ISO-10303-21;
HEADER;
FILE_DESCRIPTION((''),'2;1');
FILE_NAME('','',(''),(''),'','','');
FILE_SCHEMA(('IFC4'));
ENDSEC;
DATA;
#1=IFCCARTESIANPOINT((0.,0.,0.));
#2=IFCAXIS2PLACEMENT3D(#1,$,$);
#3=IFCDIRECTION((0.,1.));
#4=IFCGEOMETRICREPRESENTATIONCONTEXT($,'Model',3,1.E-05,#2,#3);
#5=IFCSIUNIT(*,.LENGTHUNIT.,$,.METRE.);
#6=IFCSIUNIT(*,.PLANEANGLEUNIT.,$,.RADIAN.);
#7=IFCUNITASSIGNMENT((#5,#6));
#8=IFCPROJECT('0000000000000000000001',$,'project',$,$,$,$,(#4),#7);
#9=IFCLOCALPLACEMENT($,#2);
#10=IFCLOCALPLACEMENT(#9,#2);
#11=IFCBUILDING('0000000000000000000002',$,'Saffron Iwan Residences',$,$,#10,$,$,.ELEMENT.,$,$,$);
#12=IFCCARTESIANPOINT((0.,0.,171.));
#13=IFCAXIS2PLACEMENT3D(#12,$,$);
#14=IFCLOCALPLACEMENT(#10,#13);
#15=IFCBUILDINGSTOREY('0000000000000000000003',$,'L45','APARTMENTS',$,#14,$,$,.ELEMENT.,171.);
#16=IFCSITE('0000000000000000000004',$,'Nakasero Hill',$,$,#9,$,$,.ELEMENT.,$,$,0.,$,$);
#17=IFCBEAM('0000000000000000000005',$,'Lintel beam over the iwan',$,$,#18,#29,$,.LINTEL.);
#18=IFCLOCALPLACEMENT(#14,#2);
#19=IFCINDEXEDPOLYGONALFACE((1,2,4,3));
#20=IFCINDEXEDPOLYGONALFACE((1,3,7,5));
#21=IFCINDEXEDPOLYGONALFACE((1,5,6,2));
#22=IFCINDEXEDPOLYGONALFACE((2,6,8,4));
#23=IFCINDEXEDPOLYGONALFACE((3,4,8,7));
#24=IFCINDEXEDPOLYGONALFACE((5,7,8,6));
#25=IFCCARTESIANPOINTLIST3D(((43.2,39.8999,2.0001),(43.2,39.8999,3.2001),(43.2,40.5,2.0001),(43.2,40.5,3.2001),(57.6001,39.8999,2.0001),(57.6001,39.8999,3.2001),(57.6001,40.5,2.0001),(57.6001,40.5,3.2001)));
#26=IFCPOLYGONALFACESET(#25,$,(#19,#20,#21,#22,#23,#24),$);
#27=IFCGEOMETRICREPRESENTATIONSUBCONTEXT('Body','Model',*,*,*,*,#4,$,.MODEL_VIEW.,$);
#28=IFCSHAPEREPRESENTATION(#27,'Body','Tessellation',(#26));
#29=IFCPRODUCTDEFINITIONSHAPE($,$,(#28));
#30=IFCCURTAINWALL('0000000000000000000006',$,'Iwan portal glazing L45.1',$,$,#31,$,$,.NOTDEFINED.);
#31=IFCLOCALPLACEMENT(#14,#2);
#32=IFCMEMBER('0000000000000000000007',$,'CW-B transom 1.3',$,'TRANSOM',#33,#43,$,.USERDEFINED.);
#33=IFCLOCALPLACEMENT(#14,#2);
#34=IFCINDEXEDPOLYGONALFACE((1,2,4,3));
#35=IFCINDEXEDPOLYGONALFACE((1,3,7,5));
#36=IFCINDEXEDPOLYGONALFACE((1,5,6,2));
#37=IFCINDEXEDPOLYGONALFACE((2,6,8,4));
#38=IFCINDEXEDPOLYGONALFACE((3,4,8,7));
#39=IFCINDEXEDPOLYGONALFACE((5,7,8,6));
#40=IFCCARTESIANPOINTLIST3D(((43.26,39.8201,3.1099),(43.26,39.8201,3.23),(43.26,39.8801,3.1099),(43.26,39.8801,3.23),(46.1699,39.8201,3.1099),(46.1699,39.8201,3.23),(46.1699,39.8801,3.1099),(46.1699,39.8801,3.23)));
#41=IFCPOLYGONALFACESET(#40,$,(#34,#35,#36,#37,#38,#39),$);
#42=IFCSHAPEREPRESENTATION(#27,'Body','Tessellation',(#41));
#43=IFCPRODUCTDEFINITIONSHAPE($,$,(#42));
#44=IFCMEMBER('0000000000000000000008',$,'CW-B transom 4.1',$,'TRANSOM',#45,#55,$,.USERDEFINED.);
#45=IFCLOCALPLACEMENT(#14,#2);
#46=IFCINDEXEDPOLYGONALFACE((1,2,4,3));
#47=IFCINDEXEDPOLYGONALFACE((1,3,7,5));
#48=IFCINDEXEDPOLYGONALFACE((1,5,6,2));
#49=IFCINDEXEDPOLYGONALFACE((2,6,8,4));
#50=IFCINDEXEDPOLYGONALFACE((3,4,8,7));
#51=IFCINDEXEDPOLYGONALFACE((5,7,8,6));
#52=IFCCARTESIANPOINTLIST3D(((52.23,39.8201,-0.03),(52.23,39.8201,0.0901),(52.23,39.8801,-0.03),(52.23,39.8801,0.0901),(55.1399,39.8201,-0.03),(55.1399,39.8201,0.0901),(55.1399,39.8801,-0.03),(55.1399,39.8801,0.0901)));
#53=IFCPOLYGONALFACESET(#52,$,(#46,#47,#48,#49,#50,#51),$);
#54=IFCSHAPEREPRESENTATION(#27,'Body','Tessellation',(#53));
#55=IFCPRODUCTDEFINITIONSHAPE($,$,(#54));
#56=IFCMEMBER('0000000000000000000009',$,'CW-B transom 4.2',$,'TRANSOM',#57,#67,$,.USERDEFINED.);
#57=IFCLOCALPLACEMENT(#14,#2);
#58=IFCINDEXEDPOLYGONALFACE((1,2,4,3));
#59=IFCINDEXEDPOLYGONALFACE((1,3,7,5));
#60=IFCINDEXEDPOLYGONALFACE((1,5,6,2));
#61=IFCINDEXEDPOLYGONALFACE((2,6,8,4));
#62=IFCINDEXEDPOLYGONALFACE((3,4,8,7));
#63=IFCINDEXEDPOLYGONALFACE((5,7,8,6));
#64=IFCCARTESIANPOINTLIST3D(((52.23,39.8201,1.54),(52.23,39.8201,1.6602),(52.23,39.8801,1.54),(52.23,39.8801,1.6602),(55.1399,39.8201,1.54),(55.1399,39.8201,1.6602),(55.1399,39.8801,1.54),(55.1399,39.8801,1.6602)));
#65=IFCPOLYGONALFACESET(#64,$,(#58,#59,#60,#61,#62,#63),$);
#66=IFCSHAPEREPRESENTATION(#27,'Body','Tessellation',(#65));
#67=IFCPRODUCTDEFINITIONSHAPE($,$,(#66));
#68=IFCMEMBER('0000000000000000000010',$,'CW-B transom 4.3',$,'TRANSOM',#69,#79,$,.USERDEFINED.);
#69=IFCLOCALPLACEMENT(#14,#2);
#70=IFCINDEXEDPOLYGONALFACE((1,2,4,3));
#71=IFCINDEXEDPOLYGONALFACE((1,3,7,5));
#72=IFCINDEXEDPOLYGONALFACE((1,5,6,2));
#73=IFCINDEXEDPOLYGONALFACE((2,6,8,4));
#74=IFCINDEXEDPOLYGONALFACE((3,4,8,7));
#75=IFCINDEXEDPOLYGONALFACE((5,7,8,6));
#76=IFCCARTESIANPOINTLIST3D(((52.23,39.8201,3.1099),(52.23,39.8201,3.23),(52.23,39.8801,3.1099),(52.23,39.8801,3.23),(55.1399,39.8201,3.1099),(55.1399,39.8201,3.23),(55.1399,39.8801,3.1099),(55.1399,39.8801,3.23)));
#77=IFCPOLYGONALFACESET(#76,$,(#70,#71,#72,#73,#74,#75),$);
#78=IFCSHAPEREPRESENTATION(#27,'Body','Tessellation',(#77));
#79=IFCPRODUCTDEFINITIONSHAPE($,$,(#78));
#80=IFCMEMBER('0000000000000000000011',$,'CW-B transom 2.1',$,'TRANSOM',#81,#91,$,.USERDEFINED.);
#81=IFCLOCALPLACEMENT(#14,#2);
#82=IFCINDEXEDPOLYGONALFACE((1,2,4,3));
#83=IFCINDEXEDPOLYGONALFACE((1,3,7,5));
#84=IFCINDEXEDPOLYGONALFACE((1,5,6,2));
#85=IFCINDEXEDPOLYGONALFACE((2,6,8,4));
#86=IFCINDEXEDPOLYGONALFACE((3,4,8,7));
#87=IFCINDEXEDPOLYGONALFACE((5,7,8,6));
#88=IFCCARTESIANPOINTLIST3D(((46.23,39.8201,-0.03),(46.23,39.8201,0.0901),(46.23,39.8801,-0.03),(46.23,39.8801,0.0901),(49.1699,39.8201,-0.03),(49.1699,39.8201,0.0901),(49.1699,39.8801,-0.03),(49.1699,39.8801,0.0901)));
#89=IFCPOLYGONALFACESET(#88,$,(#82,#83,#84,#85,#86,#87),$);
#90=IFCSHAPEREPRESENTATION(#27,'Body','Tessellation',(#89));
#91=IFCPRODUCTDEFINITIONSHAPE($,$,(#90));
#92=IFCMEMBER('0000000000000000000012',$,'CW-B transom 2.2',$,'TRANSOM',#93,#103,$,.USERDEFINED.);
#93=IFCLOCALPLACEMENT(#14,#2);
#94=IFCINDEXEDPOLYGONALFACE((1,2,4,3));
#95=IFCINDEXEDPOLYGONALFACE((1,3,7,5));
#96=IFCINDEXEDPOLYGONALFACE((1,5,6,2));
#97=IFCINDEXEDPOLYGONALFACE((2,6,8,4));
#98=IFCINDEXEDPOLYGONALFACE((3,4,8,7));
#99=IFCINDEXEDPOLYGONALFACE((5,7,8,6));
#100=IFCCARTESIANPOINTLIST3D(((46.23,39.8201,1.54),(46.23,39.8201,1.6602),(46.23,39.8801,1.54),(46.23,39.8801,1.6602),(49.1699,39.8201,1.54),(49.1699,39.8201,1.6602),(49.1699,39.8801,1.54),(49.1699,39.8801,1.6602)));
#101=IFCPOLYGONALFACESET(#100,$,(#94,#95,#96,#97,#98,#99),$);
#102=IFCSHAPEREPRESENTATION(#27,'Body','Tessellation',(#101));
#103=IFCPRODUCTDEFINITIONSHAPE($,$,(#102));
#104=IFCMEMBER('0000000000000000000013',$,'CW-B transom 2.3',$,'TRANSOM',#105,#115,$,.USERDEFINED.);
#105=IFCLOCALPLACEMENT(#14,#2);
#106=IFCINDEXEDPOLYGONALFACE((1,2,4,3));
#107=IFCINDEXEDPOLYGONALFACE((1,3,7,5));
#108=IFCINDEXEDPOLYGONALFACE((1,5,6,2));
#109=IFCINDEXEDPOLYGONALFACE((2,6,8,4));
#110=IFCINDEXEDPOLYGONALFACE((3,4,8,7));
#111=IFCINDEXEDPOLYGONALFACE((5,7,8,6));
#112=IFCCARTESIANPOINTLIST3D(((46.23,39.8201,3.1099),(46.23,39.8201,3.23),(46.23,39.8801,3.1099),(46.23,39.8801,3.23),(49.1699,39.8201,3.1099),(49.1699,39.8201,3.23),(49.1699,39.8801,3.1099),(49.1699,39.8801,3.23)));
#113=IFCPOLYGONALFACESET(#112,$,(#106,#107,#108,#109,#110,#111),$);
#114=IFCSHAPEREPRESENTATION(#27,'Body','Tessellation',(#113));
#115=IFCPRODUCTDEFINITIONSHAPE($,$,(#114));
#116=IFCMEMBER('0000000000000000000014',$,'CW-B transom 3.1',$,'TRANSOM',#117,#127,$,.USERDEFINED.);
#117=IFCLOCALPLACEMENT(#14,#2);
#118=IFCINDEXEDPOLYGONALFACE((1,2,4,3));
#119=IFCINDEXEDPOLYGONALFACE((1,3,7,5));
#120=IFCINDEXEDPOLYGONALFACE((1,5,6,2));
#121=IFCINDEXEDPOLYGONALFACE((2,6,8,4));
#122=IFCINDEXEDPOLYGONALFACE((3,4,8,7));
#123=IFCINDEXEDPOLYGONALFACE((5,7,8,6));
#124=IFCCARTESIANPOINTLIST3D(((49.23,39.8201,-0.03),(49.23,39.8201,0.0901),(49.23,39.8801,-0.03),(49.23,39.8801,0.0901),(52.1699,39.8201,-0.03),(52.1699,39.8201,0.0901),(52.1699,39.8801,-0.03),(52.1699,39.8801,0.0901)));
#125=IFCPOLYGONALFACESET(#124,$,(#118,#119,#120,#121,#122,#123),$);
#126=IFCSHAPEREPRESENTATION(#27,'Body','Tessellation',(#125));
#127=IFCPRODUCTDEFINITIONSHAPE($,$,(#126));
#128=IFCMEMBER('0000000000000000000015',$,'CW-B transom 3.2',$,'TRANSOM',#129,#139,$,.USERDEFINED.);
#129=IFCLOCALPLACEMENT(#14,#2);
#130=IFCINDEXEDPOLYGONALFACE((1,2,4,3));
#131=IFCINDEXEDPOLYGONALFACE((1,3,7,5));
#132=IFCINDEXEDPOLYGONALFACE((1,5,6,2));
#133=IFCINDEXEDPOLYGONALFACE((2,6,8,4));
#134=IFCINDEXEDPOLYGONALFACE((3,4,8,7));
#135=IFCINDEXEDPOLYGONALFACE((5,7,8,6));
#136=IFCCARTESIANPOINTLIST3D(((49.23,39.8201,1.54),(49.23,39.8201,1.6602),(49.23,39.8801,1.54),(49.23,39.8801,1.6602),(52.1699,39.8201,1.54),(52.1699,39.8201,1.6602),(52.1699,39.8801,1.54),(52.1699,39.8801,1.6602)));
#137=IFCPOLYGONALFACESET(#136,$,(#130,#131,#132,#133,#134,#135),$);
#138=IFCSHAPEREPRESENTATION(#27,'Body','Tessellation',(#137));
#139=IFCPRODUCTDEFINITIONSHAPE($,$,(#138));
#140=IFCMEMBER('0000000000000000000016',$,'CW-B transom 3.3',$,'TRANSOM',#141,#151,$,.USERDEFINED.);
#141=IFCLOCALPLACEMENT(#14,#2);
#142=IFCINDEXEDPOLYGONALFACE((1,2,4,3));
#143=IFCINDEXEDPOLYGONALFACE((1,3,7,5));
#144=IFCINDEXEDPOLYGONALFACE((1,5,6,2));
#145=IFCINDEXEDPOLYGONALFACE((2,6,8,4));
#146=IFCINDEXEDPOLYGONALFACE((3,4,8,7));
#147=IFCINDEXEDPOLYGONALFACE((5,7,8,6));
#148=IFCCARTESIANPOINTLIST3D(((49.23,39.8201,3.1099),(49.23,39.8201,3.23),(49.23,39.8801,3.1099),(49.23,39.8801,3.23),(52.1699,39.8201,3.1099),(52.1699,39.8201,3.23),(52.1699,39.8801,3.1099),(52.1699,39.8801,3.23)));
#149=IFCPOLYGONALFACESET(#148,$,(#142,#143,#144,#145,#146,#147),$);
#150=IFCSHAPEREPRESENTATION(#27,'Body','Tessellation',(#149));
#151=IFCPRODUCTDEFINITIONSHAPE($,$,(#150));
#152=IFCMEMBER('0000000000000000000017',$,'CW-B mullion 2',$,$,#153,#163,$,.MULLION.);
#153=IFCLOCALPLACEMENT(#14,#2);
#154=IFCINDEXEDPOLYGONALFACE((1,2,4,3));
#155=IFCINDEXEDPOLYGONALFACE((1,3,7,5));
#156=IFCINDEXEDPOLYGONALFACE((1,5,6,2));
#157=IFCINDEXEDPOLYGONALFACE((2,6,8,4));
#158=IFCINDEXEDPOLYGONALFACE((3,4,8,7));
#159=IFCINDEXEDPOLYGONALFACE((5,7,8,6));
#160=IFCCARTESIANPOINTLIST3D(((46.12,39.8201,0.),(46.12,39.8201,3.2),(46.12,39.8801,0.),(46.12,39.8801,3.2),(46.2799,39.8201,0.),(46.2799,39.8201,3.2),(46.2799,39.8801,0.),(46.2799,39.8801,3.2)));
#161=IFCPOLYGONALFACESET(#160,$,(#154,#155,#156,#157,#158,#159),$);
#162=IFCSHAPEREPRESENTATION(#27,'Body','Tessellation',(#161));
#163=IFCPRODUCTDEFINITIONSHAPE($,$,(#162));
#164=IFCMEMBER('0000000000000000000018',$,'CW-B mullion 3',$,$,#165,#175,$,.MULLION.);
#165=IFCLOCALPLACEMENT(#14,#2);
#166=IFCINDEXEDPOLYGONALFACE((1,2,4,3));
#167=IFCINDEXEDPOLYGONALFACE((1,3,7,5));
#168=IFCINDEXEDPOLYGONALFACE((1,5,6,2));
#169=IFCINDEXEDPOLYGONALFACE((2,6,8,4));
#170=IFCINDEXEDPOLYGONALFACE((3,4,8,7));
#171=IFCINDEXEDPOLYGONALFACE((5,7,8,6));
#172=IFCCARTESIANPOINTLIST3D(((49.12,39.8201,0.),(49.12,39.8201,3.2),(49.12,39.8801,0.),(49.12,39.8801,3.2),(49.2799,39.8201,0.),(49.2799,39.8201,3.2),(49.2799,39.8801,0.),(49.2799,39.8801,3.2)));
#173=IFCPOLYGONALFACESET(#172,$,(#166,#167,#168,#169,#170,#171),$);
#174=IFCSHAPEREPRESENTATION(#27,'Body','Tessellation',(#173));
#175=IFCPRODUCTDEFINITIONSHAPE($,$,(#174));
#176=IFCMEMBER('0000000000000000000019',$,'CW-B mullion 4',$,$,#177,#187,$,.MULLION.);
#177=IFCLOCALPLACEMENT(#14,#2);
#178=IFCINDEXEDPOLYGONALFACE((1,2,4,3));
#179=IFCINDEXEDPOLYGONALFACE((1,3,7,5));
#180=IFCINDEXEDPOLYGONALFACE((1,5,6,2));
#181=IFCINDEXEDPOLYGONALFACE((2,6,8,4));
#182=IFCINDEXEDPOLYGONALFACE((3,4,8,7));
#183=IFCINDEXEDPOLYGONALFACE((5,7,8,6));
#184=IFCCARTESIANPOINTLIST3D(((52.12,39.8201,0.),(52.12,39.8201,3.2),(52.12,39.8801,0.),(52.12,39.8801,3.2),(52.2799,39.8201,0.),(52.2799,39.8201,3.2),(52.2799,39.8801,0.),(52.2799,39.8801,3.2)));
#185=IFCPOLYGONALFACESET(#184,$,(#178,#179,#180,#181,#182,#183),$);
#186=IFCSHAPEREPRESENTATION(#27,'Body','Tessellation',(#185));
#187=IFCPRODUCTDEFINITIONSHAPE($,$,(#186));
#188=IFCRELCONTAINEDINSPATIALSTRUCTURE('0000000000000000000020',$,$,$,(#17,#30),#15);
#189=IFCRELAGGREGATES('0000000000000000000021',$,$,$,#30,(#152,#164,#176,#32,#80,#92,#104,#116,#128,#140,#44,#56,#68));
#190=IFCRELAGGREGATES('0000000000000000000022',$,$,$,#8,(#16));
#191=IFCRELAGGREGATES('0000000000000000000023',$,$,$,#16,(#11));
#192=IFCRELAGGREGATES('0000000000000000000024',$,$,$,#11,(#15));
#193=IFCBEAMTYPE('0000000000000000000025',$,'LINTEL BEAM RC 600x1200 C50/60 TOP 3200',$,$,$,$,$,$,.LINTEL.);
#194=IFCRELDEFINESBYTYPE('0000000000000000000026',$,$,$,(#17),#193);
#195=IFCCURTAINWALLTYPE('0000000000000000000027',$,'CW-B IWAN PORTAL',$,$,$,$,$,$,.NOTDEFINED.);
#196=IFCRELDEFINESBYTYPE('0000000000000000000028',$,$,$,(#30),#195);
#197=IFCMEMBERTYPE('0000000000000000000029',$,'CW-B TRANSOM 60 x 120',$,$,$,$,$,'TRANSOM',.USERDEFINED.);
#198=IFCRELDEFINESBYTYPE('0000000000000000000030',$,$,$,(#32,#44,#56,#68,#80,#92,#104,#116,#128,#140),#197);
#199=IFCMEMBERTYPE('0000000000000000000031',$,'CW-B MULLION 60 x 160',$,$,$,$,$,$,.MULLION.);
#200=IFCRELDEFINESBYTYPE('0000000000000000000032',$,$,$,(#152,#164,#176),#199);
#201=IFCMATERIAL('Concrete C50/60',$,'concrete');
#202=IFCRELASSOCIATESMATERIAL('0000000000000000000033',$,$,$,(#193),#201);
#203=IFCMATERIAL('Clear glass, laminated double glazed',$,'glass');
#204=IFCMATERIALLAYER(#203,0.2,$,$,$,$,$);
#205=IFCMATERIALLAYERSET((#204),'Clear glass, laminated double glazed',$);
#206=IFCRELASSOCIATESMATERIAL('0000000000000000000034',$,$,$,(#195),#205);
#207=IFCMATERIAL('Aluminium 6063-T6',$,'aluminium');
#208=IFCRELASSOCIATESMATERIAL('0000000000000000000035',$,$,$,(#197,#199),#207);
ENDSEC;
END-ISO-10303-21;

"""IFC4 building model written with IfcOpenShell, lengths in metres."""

from ifc_helpers import new_model, si_unit, direction, frame, origin, origin_2d, place, context, subcontext, project, spatial, rectangle, extrude, source, transform, mapped, material, layer, layer_set, material_profile, profile_set, type_object, element, aggregate, save


model = new_model("IFC4")

# Units and contexts
model_context = context("Model", 3, precision=1e-05, world=origin(), true_north=direction((0.0, 1.0)))
body_context = subcontext(model_context, "Body", "Model", "MODEL_VIEW")
ifc_project = project(units=[si_unit("LENGTHUNIT", "METRE"), si_unit("PLANEANGLEUNIT", "RADIAN")], contexts=[model_context])

# Site, building, storey
site_placement = place(None, origin())
site = spatial("IfcSite", under=ifc_project, at=site_placement, Name="Nakasero Hill", CompositionType="ELEMENT", RefElevation=0.0)
building_placement = place(site_placement, origin())
building = spatial("IfcBuilding", under=site, at=building_placement, Name="Saffron Iwan Residences", CompositionType="ELEMENT")
storey_placement = place(building_placement, frame((0.0, 0.0, 171.0)))
storey = spatial("IfcBuildingStorey", under=building, at=storey_placement, Name="L45", Description="APARTMENTS", CompositionType="ELEMENT", Elevation=171.0)

# Beam
ifc_material_1 = material(Name="Concrete C50/60", Category="concrete")
ifc_material_profile_1 = material_profile(ifc_material_1, rectangle(XDim=0.6001, YDim=1.2, at=origin_2d()), Name="RC 600x1200")
ifc_profile_set_1 = profile_set([ifc_material_profile_1], Name="Concrete C50/60")
beam_type = type_object("IfcBeamType", Name="LINTEL BEAM RC 600x1200 C50/60 TOP 3200", PredefinedType="LINTEL", material=ifc_profile_set_1)
shared_shape_1 = source(origin(), body_context, "Body", "SweptSolid", [
    extrude(rectangle(XDim=0.6001, YDim=1.2, at=origin_2d()), origin(), (0.0, 0.0, 1.0), 14.4001),
])
beam_placement = place(storey_placement, frame((57.6001, 40.2, 2.6001), z_axis=(-1.0, 0.0, 0.0), x_axis=(0.0, -1.0, 0.0)))
element("IfcBeam", 1, at=beam_placement, inside=storey, type_object=beam_type, Name="Lintel beam over the iwan", PredefinedType="LINTEL", context=body_context, shape_type="MappedRepresentation", body=[
    mapped(shared_shape_1, transform((0.0, 0.0, 0.0))),
])

# Curtain wall, members
ifc_material_2 = material(Name="Clear glass, laminated double glazed", Category="glass")
ifc_layer_1 = layer(ifc_material_2, 0.2)
ifc_layer_set_1 = layer_set([ifc_layer_1], Name="Clear glass, laminated double glazed")
curtain_wall_type = type_object("IfcCurtainWallType", Name="CW-B IWAN PORTAL", PredefinedType="NOTDEFINED", material=ifc_layer_set_1)
curtain_wall_placement = place(storey_placement, origin())
curtain_wall = element("IfcCurtainWall", 2, at=curtain_wall_placement, inside=storey, type_object=curtain_wall_type, Name="Iwan portal glazing L45.1", PredefinedType="NOTDEFINED")
ifc_material_3 = material(Name="Aluminium 6063-T6", Category="aluminium")
ifc_material_profile_2 = material_profile(ifc_material_3, rectangle(XDim=0.0601, YDim=0.1201, at=origin_2d()), Name="CW-B TRANSOM 60 x 120")
ifc_profile_set_2 = profile_set([ifc_material_profile_2], Name="Aluminium 6063-T6")
member_type_1 = type_object("IfcMemberType", Name="CW-B TRANSOM 60 x 120", ElementType="TRANSOM", PredefinedType="USERDEFINED", material=ifc_profile_set_2)
shared_shape_2 = source(origin(), body_context, "Body", "SweptSolid", [
    extrude(rectangle(XDim=0.0601, YDim=0.1201, at=origin_2d()), origin(), (0.0, 0.0, 1.0), 2.9099),
])
member_1_placement = place(storey_placement, frame((43.26, 39.8501, 3.1699), z_axis=(1.0, 0.0, 0.0), x_axis=(0.0, 1.0, 0.0)))
member_1 = element("IfcMember", 3, at=member_1_placement, type_object=member_type_1, Name="CW-B transom 1.3", ObjectType="TRANSOM", PredefinedType="USERDEFINED", context=body_context, shape_type="MappedRepresentation", body=[
    mapped(shared_shape_2, transform((0.0, 0.0, 0.0))),
])
member_2_placement = place(storey_placement, frame((52.23, 39.8501, 0.03), z_axis=(1.0, 0.0, 0.0), x_axis=(0.0, 1.0, 0.0)))
member_2 = element("IfcMember", 4, at=member_2_placement, type_object=member_type_1, Name="CW-B transom 4.1", ObjectType="TRANSOM", PredefinedType="USERDEFINED", context=body_context, shape_type="MappedRepresentation", body=[
    mapped(shared_shape_2, transform((0.0, 0.0, 0.0))),
])
member_3_placement = place(storey_placement, frame((52.23, 39.8501, 1.6001), z_axis=(1.0, 0.0, 0.0), x_axis=(0.0, 1.0, 0.0)))
member_3 = element("IfcMember", 5, at=member_3_placement, type_object=member_type_1, Name="CW-B transom 4.2", ObjectType="TRANSOM", PredefinedType="USERDEFINED", context=body_context, shape_type="MappedRepresentation", body=[
    mapped(shared_shape_2, transform((0.0, 0.0, 0.0))),
])
member_4_placement = place(storey_placement, frame((52.23, 39.8501, 3.1699), z_axis=(1.0, 0.0, 0.0), x_axis=(0.0, 1.0, 0.0)))
member_4 = element("IfcMember", 6, at=member_4_placement, type_object=member_type_1, Name="CW-B transom 4.3", ObjectType="TRANSOM", PredefinedType="USERDEFINED", context=body_context, shape_type="MappedRepresentation", body=[
    mapped(shared_shape_2, transform((0.0, 0.0, 0.0))),
])
shared_shape_3 = source(origin(), body_context, "Body", "SweptSolid", [
    extrude(rectangle(XDim=0.0601, YDim=0.1201, at=origin_2d()), origin(), (0.0, 0.0, 1.0), 2.9399),
])
member_5_placement = place(storey_placement, frame((46.23, 39.8501, 0.03), z_axis=(1.0, 0.0, 0.0), x_axis=(0.0, 1.0, 0.0)))
member_5 = element("IfcMember", 7, at=member_5_placement, type_object=member_type_1, Name="CW-B transom 2.1", ObjectType="TRANSOM", PredefinedType="USERDEFINED", context=body_context, shape_type="MappedRepresentation", body=[
    mapped(shared_shape_3, transform((0.0, 0.0, 0.0))),
])
member_6_placement = place(storey_placement, frame((46.23, 39.8501, 1.6001), z_axis=(1.0, 0.0, 0.0), x_axis=(0.0, 1.0, 0.0)))
member_6 = element("IfcMember", 8, at=member_6_placement, type_object=member_type_1, Name="CW-B transom 2.2", ObjectType="TRANSOM", PredefinedType="USERDEFINED", context=body_context, shape_type="MappedRepresentation", body=[
    mapped(shared_shape_3, transform((0.0, 0.0, 0.0))),
])
member_7_placement = place(storey_placement, frame((46.23, 39.8501, 3.1699), z_axis=(1.0, 0.0, 0.0), x_axis=(0.0, 1.0, 0.0)))
member_7 = element("IfcMember", 9, at=member_7_placement, type_object=member_type_1, Name="CW-B transom 2.3", ObjectType="TRANSOM", PredefinedType="USERDEFINED", context=body_context, shape_type="MappedRepresentation", body=[
    mapped(shared_shape_3, transform((0.0, 0.0, 0.0))),
])
member_8_placement = place(storey_placement, frame((49.23, 39.8501, 0.03), z_axis=(1.0, 0.0, 0.0), x_axis=(0.0, 1.0, 0.0)))
member_8 = element("IfcMember", 10, at=member_8_placement, type_object=member_type_1, Name="CW-B transom 3.1", ObjectType="TRANSOM", PredefinedType="USERDEFINED", context=body_context, shape_type="MappedRepresentation", body=[
    mapped(shared_shape_3, transform((0.0, 0.0, 0.0))),
])
member_9_placement = place(storey_placement, frame((49.23, 39.8501, 1.6001), z_axis=(1.0, 0.0, 0.0), x_axis=(0.0, 1.0, 0.0)))
member_9 = element("IfcMember", 11, at=member_9_placement, type_object=member_type_1, Name="CW-B transom 3.2", ObjectType="TRANSOM", PredefinedType="USERDEFINED", context=body_context, shape_type="MappedRepresentation", body=[
    mapped(shared_shape_3, transform((0.0, 0.0, 0.0))),
])
member_10_placement = place(storey_placement, frame((49.23, 39.8501, 3.1699), z_axis=(1.0, 0.0, 0.0), x_axis=(0.0, 1.0, 0.0)))
member_10 = element("IfcMember", 12, at=member_10_placement, type_object=member_type_1, Name="CW-B transom 3.3", ObjectType="TRANSOM", PredefinedType="USERDEFINED", context=body_context, shape_type="MappedRepresentation", body=[
    mapped(shared_shape_3, transform((0.0, 0.0, 0.0))),
])
ifc_material_profile_3 = material_profile(ifc_material_3, rectangle(XDim=0.0601, YDim=0.1599, at=origin_2d()), Name="CW-B MULLION 60 x 160")
ifc_profile_set_3 = profile_set([ifc_material_profile_3], Name="Aluminium 6063-T6")
member_type_2 = type_object("IfcMemberType", Name="CW-B MULLION 60 x 160", PredefinedType="MULLION", material=ifc_profile_set_3)
shared_shape_4 = source(origin(), body_context, "Body", "SweptSolid", [
    extrude(rectangle(XDim=0.0601, YDim=0.1599, at=origin_2d()), origin(), (0.0, 0.0, 1.0), 3.2),
])
member_11_placement = place(storey_placement, frame((46.2, 39.8501, 0.0), z_axis=(0.0, 0.0, 1.0), x_axis=(0.0, 1.0, 0.0)))
member_11 = element("IfcMember", 13, at=member_11_placement, type_object=member_type_2, Name="CW-B mullion 2", PredefinedType="MULLION", context=body_context, shape_type="MappedRepresentation", body=[
    mapped(shared_shape_4, transform((0.0, 0.0, 0.0))),
])
member_12_placement = place(storey_placement, frame((49.2, 39.8501, 0.0), z_axis=(0.0, 0.0, 1.0), x_axis=(0.0, 1.0, 0.0)))
member_12 = element("IfcMember", 14, at=member_12_placement, type_object=member_type_2, Name="CW-B mullion 3", PredefinedType="MULLION", context=body_context, shape_type="MappedRepresentation", body=[
    mapped(shared_shape_4, transform((0.0, 0.0, 0.0))),
])
member_13_placement = place(storey_placement, frame((52.2, 39.8501, 0.0), z_axis=(0.0, 0.0, 1.0), x_axis=(0.0, 1.0, 0.0)))
member_13 = element("IfcMember", 15, at=member_13_placement, type_object=member_type_2, Name="CW-B mullion 4", PredefinedType="MULLION", context=body_context, shape_type="MappedRepresentation", body=[
    mapped(shared_shape_4, transform((0.0, 0.0, 0.0))),
])
aggregate(curtain_wall, [member_11, member_12, member_13, member_1, member_5, member_6, member_7, member_8, member_9, member_10, member_2, member_3, member_4])

save(model, "model.ifc")
